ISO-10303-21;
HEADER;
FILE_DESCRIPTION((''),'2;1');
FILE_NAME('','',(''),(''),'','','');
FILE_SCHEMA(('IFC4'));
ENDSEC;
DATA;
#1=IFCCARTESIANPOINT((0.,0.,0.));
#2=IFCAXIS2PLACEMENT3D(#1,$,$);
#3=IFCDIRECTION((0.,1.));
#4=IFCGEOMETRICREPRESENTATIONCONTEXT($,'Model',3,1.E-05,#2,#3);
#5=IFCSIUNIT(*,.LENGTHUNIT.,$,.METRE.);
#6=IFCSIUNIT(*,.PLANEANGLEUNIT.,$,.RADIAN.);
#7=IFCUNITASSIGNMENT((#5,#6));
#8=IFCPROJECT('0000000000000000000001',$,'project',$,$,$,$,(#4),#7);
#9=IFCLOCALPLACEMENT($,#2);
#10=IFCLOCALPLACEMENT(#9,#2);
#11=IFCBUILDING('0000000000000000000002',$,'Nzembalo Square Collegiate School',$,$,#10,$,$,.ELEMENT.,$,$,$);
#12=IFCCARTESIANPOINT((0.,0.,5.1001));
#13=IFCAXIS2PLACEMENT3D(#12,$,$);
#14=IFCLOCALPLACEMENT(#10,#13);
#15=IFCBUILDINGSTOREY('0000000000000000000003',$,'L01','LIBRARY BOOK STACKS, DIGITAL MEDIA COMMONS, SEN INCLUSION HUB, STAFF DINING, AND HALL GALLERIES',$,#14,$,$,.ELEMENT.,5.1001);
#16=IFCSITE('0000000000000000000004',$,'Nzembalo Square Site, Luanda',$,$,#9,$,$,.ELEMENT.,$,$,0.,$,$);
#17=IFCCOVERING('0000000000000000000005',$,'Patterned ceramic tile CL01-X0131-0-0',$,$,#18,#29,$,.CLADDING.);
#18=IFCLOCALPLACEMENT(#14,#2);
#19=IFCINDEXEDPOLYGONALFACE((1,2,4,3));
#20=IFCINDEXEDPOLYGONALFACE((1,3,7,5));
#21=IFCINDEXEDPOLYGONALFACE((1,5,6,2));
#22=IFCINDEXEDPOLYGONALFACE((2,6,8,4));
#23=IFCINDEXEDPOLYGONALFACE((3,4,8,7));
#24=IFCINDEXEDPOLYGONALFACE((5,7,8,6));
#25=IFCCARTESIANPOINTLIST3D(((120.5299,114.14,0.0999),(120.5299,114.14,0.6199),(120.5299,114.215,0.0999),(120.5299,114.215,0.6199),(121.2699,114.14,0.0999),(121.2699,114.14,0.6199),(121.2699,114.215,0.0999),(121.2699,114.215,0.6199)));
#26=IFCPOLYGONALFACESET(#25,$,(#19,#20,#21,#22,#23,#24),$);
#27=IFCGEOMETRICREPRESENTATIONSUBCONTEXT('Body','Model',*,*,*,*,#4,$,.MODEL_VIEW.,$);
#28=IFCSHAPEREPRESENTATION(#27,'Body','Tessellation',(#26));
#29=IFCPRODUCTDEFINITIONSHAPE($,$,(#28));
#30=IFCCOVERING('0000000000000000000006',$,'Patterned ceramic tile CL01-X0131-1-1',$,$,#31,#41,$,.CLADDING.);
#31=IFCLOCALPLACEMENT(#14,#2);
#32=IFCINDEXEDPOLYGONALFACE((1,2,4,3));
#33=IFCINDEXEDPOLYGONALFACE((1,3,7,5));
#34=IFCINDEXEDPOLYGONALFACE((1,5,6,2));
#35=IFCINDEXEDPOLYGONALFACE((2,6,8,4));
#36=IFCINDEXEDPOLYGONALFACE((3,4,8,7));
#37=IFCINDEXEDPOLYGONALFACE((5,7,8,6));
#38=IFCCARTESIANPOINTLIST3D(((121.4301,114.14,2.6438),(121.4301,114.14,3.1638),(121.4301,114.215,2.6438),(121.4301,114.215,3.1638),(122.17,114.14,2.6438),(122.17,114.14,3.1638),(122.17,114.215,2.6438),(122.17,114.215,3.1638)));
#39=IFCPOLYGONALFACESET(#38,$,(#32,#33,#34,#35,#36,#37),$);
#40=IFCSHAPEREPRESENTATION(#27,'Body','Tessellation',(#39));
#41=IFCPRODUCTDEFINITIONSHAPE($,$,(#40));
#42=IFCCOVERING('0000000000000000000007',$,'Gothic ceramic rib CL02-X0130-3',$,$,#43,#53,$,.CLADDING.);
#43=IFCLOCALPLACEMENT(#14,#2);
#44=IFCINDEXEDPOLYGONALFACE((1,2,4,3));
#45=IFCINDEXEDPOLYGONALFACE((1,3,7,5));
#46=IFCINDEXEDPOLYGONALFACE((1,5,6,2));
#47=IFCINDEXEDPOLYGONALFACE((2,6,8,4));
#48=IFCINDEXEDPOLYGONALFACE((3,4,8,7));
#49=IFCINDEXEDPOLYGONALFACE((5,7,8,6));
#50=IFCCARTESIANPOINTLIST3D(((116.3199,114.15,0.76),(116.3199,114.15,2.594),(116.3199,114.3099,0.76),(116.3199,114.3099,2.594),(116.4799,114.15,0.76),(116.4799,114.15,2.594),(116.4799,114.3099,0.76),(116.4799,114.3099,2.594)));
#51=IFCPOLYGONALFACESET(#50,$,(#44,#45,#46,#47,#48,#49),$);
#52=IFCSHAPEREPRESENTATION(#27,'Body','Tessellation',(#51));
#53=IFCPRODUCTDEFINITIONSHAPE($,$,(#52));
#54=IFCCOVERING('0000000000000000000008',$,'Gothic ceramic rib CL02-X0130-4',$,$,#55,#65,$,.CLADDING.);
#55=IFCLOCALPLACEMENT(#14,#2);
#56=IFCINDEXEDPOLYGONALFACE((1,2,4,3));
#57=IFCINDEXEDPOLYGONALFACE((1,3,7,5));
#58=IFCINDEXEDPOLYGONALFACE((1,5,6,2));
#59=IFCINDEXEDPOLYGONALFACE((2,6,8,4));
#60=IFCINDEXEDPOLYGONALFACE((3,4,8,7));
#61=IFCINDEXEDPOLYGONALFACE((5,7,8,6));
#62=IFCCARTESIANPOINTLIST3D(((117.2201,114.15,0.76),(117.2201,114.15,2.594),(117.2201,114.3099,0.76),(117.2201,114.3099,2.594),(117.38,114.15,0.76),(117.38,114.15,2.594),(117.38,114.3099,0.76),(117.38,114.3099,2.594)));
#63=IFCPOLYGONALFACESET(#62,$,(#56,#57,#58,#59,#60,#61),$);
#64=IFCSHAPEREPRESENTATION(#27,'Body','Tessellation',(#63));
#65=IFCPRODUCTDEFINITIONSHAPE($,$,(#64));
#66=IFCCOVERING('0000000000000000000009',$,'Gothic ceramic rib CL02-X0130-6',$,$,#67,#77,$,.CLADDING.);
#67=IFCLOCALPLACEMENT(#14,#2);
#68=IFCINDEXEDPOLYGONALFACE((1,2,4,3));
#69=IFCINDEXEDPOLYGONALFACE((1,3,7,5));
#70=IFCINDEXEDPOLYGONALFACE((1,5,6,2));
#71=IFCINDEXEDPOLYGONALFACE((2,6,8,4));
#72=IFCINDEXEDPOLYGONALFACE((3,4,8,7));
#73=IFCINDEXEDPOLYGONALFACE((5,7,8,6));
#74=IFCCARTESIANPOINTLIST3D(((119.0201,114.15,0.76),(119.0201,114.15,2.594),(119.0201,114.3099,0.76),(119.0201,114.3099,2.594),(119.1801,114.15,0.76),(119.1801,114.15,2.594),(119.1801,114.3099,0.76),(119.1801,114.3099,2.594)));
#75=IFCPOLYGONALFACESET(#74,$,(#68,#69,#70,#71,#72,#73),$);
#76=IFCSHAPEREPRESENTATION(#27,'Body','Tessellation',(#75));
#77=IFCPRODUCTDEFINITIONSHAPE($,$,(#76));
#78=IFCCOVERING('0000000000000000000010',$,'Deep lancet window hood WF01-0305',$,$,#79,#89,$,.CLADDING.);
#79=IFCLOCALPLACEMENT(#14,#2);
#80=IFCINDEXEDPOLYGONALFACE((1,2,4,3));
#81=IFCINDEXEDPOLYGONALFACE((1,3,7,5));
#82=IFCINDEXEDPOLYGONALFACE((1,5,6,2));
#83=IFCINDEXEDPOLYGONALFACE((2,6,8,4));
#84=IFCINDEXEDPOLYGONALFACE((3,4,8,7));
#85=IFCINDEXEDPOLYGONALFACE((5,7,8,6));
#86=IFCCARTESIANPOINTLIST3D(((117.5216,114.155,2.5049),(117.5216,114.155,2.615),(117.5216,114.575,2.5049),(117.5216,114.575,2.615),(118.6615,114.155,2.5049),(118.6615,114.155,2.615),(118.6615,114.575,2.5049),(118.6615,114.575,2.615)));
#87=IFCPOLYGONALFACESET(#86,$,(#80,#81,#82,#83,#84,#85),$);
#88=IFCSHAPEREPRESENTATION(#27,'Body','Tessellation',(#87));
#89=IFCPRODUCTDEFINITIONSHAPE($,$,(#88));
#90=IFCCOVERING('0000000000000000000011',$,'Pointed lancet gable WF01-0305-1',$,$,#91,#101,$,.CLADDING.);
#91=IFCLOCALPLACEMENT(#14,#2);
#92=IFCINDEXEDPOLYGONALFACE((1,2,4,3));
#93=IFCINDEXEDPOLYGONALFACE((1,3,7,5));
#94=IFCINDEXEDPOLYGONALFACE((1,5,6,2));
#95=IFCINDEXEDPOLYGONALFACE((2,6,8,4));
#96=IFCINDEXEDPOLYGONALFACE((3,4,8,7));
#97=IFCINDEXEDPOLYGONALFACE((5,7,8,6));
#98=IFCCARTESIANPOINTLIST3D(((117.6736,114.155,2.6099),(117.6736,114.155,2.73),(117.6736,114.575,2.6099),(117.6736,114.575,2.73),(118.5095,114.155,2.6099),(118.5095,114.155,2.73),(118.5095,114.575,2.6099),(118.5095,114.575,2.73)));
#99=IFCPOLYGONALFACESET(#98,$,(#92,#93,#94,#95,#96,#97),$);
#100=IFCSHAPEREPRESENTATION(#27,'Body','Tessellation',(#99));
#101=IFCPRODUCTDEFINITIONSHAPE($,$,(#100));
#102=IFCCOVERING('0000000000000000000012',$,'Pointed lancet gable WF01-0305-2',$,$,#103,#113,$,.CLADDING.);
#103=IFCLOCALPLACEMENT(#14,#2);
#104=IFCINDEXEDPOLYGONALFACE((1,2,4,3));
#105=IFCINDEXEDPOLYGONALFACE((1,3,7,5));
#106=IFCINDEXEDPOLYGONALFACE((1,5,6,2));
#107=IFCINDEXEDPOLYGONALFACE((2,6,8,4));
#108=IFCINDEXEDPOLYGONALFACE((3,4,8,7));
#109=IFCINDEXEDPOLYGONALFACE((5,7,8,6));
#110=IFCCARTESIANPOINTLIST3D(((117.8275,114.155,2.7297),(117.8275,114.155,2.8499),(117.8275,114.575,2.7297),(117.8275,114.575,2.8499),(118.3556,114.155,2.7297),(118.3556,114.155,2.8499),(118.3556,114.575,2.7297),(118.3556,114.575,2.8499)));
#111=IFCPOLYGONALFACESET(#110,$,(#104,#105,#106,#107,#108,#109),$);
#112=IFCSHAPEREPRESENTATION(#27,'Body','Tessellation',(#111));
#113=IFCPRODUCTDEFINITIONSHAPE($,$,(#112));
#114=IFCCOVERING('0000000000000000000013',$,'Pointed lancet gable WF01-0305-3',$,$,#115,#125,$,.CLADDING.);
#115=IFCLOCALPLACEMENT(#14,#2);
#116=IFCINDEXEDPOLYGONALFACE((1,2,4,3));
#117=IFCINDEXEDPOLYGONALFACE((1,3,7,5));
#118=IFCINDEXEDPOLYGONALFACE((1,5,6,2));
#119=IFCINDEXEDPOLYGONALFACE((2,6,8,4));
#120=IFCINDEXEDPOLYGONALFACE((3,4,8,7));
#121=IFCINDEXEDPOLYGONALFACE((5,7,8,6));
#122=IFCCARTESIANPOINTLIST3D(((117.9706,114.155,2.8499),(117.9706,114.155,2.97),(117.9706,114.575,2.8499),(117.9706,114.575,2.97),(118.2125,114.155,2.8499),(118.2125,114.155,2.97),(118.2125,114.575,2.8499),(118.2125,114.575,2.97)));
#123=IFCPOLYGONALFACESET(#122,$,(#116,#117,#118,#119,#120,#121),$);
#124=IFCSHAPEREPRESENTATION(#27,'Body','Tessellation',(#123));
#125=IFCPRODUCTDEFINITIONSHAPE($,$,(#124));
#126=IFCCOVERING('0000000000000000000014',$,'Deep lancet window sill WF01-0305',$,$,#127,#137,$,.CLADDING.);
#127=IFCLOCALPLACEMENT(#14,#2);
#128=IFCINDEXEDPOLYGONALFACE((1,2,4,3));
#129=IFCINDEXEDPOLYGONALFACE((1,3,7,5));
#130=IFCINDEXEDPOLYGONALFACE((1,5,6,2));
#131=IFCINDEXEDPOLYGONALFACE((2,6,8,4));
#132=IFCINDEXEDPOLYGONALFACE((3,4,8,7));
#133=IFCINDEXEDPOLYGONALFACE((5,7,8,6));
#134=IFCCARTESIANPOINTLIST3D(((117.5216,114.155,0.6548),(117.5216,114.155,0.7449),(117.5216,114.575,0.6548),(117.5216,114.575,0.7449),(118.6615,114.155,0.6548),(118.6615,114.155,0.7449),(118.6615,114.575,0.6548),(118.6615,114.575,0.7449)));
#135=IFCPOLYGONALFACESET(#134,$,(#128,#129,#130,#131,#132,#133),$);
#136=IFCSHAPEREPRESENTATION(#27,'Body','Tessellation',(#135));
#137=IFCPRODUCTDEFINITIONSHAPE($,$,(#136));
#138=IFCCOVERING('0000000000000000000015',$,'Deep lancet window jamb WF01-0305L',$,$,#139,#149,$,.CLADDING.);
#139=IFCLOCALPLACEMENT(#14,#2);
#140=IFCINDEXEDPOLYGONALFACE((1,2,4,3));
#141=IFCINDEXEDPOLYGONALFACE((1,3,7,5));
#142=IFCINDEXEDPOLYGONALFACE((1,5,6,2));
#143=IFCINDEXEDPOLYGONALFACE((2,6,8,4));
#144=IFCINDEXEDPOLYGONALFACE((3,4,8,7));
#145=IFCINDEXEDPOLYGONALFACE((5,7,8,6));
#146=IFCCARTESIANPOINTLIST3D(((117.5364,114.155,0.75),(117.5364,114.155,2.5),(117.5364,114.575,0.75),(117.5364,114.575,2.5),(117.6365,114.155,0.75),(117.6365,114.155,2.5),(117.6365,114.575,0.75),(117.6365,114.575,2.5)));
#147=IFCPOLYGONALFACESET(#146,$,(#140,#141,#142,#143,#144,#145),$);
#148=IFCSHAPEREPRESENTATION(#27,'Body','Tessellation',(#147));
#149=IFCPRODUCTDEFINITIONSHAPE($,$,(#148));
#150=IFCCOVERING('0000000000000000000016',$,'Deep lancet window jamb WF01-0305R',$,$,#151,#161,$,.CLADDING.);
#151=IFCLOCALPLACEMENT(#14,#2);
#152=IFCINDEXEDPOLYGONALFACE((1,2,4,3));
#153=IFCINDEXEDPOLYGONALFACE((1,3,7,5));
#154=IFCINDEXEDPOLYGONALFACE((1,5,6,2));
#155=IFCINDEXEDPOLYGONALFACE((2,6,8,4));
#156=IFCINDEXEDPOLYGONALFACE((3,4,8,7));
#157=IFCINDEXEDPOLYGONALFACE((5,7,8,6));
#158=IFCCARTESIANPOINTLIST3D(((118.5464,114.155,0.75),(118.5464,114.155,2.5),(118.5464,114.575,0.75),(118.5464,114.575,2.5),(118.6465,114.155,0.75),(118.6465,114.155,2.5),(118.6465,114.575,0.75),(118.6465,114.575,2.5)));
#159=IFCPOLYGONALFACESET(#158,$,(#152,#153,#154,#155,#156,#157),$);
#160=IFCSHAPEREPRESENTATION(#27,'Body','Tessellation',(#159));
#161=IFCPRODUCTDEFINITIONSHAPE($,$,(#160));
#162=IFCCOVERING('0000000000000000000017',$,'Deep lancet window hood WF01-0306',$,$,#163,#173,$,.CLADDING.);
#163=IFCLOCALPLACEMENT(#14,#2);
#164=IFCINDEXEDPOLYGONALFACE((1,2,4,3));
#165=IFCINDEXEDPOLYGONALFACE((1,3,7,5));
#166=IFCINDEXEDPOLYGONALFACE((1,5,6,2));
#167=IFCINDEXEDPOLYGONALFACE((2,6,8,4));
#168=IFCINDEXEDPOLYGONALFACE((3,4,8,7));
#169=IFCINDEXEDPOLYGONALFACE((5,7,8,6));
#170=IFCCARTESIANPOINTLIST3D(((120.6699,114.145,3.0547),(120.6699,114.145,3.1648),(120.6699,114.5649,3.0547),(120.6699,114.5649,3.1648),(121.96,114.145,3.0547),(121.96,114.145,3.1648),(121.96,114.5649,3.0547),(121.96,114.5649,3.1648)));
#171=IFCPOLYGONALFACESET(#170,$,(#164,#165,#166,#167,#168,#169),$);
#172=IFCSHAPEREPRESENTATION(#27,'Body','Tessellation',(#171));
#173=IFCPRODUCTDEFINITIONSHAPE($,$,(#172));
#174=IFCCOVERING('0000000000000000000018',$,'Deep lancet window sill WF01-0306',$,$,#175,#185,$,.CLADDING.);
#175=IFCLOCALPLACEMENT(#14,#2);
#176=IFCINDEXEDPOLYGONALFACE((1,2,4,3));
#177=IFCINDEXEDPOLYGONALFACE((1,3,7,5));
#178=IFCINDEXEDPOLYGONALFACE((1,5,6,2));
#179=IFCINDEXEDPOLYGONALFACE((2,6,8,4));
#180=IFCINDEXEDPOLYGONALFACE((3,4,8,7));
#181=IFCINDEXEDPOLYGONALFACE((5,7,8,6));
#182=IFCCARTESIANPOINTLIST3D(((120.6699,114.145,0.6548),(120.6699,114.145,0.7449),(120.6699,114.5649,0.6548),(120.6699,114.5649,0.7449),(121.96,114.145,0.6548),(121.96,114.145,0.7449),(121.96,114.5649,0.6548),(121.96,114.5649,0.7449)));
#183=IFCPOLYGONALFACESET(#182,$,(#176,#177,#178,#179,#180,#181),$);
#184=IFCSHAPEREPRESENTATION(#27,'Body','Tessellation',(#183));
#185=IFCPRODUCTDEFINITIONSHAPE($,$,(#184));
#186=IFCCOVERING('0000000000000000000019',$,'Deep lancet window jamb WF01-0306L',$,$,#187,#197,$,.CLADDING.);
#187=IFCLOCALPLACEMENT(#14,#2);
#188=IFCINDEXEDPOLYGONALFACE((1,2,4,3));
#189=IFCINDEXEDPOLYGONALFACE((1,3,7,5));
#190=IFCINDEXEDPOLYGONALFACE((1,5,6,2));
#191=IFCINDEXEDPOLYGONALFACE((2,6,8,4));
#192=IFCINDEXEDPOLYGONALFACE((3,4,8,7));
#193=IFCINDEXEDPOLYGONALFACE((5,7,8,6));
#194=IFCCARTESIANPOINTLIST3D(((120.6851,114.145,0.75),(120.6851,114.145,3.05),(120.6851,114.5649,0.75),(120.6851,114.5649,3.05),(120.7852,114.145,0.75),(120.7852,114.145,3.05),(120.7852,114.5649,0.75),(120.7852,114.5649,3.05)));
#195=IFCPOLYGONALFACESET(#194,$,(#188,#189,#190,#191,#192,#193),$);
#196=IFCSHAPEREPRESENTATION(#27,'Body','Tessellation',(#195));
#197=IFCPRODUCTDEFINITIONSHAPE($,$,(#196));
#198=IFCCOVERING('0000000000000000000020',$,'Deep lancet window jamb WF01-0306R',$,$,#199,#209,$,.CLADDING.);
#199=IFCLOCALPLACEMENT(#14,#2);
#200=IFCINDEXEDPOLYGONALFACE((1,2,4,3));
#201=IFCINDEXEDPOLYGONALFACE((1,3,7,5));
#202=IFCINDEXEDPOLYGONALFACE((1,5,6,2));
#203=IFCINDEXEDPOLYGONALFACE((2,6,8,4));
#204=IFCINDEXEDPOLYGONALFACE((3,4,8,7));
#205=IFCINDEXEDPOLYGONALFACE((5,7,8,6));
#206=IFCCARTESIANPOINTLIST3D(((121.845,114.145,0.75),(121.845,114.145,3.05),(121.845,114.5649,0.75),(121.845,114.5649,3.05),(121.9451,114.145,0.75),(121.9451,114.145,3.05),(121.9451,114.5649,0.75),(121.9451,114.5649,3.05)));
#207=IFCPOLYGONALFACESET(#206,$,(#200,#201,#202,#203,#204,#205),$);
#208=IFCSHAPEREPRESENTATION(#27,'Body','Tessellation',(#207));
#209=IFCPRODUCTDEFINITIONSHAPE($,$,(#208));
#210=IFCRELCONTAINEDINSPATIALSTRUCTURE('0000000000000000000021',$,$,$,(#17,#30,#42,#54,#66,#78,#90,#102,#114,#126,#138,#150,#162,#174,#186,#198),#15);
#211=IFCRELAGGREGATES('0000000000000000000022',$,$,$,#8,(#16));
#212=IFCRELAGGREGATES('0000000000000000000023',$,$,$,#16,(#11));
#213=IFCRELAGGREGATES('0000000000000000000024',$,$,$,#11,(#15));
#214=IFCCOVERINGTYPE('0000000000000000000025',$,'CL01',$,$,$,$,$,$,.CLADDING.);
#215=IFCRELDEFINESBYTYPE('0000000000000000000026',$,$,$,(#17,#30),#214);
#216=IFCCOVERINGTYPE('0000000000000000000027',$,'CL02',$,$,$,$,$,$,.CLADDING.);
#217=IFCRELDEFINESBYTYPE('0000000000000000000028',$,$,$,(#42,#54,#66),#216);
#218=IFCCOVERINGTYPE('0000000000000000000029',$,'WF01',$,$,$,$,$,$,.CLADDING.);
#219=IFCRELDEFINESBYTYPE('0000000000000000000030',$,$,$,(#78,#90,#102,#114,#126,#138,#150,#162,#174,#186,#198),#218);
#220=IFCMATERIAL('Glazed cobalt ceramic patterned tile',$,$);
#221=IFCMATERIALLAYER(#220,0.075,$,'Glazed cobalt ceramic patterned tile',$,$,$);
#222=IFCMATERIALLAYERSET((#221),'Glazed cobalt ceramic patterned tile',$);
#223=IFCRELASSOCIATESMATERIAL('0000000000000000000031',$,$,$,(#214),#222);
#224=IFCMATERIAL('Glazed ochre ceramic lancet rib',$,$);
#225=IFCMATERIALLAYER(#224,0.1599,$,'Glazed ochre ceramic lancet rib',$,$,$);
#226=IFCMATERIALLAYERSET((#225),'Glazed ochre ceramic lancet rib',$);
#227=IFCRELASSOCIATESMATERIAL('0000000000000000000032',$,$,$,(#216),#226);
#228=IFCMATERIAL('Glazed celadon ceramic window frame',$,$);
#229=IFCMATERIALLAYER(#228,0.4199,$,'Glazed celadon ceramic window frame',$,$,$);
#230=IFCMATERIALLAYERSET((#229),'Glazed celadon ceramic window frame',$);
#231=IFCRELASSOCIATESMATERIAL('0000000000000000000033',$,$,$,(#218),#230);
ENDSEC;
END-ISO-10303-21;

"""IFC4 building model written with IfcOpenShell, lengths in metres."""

from ifc_helpers import new_model, si_unit, direction, frame, origin, origin_2d, place, context, subcontext, project, spatial, rectangle, extrude, material, layer, layer_set, type_object, element, save


model = new_model("IFC4")

# Units and contexts
model_context = context("Model", 3, precision=1e-05, world=origin(), true_north=direction((0.0, 1.0)))
body_context = subcontext(model_context, "Body", "Model", "MODEL_VIEW")
ifc_project = project(units=[si_unit("LENGTHUNIT", "METRE"), si_unit("PLANEANGLEUNIT", "RADIAN")], contexts=[model_context])

# Site, building, storey
site_placement = place(None, origin())
site = spatial("IfcSite", under=ifc_project, at=site_placement, Name="Nzembalo Square Site, Luanda", CompositionType="ELEMENT", RefElevation=0.0)
building_placement = place(site_placement, origin())
building = spatial("IfcBuilding", under=site, at=building_placement, Name="Nzembalo Square Collegiate School", CompositionType="ELEMENT")
storey_placement = place(building_placement, frame((0.0, 0.0, 5.1001)))
storey = spatial("IfcBuildingStorey", under=building, at=storey_placement, Name="L01", Description="LIBRARY BOOK STACKS, DIGITAL MEDIA COMMONS, SEN INCLUSION HUB, STAFF DINING, AND HALL GALLERIES", CompositionType="ELEMENT", Elevation=5.1001)

# Coverings
ifc_material_1 = material(Name="Glazed cobalt ceramic patterned tile")
ifc_layer_1 = layer(ifc_material_1, 0.075, Name="Glazed cobalt ceramic patterned tile")
ifc_layer_set_1 = layer_set([ifc_layer_1], Name="Glazed cobalt ceramic patterned tile")
covering_type_1 = type_object("IfcCoveringType", Name="CL01", PredefinedType="CLADDING", material=ifc_layer_set_1)
for number, where, z_axis, x_axis, name in (
    (1, (120.8999, 114.1775, 0.0999), (0.0, 0.0, 1.0), (1.0, 0.0, 0.0), "Patterned ceramic tile CL01-X0131-0-0"),
    (2, (121.8, 114.1775, 2.6438), (0.0, 0.0, 1.0), (1.0, 0.0, 0.0), "Patterned ceramic tile CL01-X0131-1-1"),
):
    element("IfcCovering", number, at=place(storey_placement, frame(where, z_axis=z_axis, x_axis=x_axis)), inside=storey, type_object=covering_type_1, Name=name, PredefinedType="CLADDING", context=body_context, shape_type="SweptSolid", body=[
        extrude(rectangle(XDim=0.74, YDim=0.075, at=origin_2d()), origin(), (0.0, 0.0, 1.0), 0.52),
    ])
ifc_material_2 = material(Name="Glazed ochre ceramic lancet rib")
ifc_layer_2 = layer(ifc_material_2, 0.1599, Name="Glazed ochre ceramic lancet rib")
ifc_layer_set_2 = layer_set([ifc_layer_2], Name="Glazed ochre ceramic lancet rib")
covering_type_2 = type_object("IfcCoveringType", Name="CL02", PredefinedType="CLADDING", material=ifc_layer_set_2)
for number, where, z_axis, x_axis, name in (
    (3, (116.3999, 114.23, 0.76), (0.0, 0.0, 1.0), (1.0, 0.0, 0.0), "Gothic ceramic rib CL02-X0130-3"),
    (4, (117.3, 114.23, 0.76), (0.0, 0.0, 1.0), (1.0, 0.0, 0.0), "Gothic ceramic rib CL02-X0130-4"),
    (5, (119.1001, 114.23, 0.76), (0.0, 0.0, 1.0), (1.0, 0.0, 0.0), "Gothic ceramic rib CL02-X0130-6"),
):
    element("IfcCovering", number, at=place(storey_placement, frame(where, z_axis=z_axis, x_axis=x_axis)), inside=storey, type_object=covering_type_2, Name=name, PredefinedType="CLADDING", context=body_context, shape_type="SweptSolid", body=[
        extrude(rectangle(XDim=0.1599, YDim=0.1599, at=origin_2d()), origin(), (0.0, 0.0, 1.0), 1.834),
    ])
ifc_material_3 = material(Name="Glazed celadon ceramic window frame")
ifc_layer_3 = layer(ifc_material_3, 0.4199, Name="Glazed celadon ceramic window frame")
ifc_layer_set_3 = layer_set([ifc_layer_3], Name="Glazed celadon ceramic window frame")
covering_type_3 = type_object("IfcCoveringType", Name="WF01", PredefinedType="CLADDING", material=ifc_layer_set_3)
covering_1_placement = place(storey_placement, frame((118.0916, 114.365, 2.5049), z_axis=(0.0, 0.0, 1.0), x_axis=(1.0, 0.0, 0.0)))
element("IfcCovering", 6, at=covering_1_placement, inside=storey, type_object=covering_type_3, Name="Deep lancet window hood WF01-0305", PredefinedType="CLADDING", context=body_context, shape_type="SweptSolid", body=[
    extrude(rectangle(XDim=1.1399, YDim=0.4199, at=origin_2d()), origin(), (0.0, 0.0, 1.0), 0.1101),
])
covering_2_placement = place(storey_placement, frame((118.0916, 114.365, 2.6099), z_axis=(0.0, 0.0, 1.0), x_axis=(1.0, 0.0, 0.0)))
element("IfcCovering", 7, at=covering_2_placement, inside=storey, type_object=covering_type_3, Name="Pointed lancet gable WF01-0305-1", PredefinedType="CLADDING", context=body_context, shape_type="SweptSolid", body=[
    extrude(rectangle(XDim=0.8359, YDim=0.4199, at=origin_2d()), origin(), (0.0, 0.0, 1.0), 0.1201),
])
covering_3_placement = place(storey_placement, frame((118.0916, 114.365, 2.7297), z_axis=(0.0, 0.0, 1.0), x_axis=(1.0, 0.0, 0.0)))
element("IfcCovering", 8, at=covering_3_placement, inside=storey, type_object=covering_type_3, Name="Pointed lancet gable WF01-0305-2", PredefinedType="CLADDING", context=body_context, shape_type="SweptSolid", body=[
    extrude(rectangle(XDim=0.5281, YDim=0.4199, at=origin_2d()), origin(), (0.0, 0.0, 1.0), 0.1201),
])
covering_4_placement = place(storey_placement, frame((118.0916, 114.365, 2.8499), z_axis=(0.0, 0.0, 1.0), x_axis=(1.0, 0.0, 0.0)))
element("IfcCovering", 9, at=covering_4_placement, inside=storey, type_object=covering_type_3, Name="Pointed lancet gable WF01-0305-3", PredefinedType="CLADDING", context=body_context, shape_type="SweptSolid", body=[
    extrude(rectangle(XDim=0.2419, YDim=0.4199, at=origin_2d()), origin(), (0.0, 0.0, 1.0), 0.1201),
])
covering_5_placement = place(storey_placement, frame((118.0916, 114.365, 0.6548), z_axis=(0.0, 0.0, 1.0), x_axis=(1.0, 0.0, 0.0)))
element("IfcCovering", 10, at=covering_5_placement, inside=storey, type_object=covering_type_3, Name="Deep lancet window sill WF01-0305", PredefinedType="CLADDING", context=body_context, shape_type="SweptSolid", body=[
    extrude(rectangle(XDim=1.1399, YDim=0.4199, at=origin_2d()), origin(), (0.0, 0.0, 1.0), 0.0901),
])
for number, where, z_axis, x_axis, name in (
    (11, (117.5864, 114.365, 0.75), (0.0, 0.0, 1.0), (1.0, 0.0, 0.0), "Deep lancet window jamb WF01-0305L"),
    (12, (118.5964, 114.365, 0.75), (0.0, 0.0, 1.0), (1.0, 0.0, 0.0), "Deep lancet window jamb WF01-0305R"),
):
    element("IfcCovering", number, at=place(storey_placement, frame(where, z_axis=z_axis, x_axis=x_axis)), inside=storey, type_object=covering_type_3, Name=name, PredefinedType="CLADDING", context=body_context, shape_type="SweptSolid", body=[
        extrude(rectangle(XDim=0.1001, YDim=0.4199, at=origin_2d()), origin(), (0.0, 0.0, 1.0), 1.75),
    ])
covering_6_placement = place(storey_placement, frame((121.3149, 114.355, 3.0547), z_axis=(0.0, 0.0, 1.0), x_axis=(1.0, 0.0, 0.0)))
element("IfcCovering", 13, at=covering_6_placement, inside=storey, type_object=covering_type_3, Name="Deep lancet window hood WF01-0306", PredefinedType="CLADDING", context=body_context, shape_type="SweptSolid", body=[
    extrude(rectangle(XDim=1.29, YDim=0.4199, at=origin_2d()), origin(), (0.0, 0.0, 1.0), 0.1101),
])
covering_7_placement = place(storey_placement, frame((121.3149, 114.355, 0.6548), z_axis=(0.0, 0.0, 1.0), x_axis=(1.0, 0.0, 0.0)))
element("IfcCovering", 14, at=covering_7_placement, inside=storey, type_object=covering_type_3, Name="Deep lancet window sill WF01-0306", PredefinedType="CLADDING", context=body_context, shape_type="SweptSolid", body=[
    extrude(rectangle(XDim=1.29, YDim=0.4199, at=origin_2d()), origin(), (0.0, 0.0, 1.0), 0.0901),
])
for number, where, z_axis, x_axis, name in (
    (15, (120.7351, 114.355, 0.75), (0.0, 0.0, 1.0), (1.0, 0.0, 0.0), "Deep lancet window jamb WF01-0306L"),
    (16, (121.895, 114.355, 0.75), (0.0, 0.0, 1.0), (1.0, 0.0, 0.0), "Deep lancet window jamb WF01-0306R"),
):
    element("IfcCovering", number, at=place(storey_placement, frame(where, z_axis=z_axis, x_axis=x_axis)), inside=storey, type_object=covering_type_3, Name=name, PredefinedType="CLADDING", context=body_context, shape_type="SweptSolid", body=[
        extrude(rectangle(XDim=0.1001, YDim=0.4199, at=origin_2d()), origin(), (0.0, 0.0, 1.0), 2.3),
    ])

save(model, "model.ifc")
